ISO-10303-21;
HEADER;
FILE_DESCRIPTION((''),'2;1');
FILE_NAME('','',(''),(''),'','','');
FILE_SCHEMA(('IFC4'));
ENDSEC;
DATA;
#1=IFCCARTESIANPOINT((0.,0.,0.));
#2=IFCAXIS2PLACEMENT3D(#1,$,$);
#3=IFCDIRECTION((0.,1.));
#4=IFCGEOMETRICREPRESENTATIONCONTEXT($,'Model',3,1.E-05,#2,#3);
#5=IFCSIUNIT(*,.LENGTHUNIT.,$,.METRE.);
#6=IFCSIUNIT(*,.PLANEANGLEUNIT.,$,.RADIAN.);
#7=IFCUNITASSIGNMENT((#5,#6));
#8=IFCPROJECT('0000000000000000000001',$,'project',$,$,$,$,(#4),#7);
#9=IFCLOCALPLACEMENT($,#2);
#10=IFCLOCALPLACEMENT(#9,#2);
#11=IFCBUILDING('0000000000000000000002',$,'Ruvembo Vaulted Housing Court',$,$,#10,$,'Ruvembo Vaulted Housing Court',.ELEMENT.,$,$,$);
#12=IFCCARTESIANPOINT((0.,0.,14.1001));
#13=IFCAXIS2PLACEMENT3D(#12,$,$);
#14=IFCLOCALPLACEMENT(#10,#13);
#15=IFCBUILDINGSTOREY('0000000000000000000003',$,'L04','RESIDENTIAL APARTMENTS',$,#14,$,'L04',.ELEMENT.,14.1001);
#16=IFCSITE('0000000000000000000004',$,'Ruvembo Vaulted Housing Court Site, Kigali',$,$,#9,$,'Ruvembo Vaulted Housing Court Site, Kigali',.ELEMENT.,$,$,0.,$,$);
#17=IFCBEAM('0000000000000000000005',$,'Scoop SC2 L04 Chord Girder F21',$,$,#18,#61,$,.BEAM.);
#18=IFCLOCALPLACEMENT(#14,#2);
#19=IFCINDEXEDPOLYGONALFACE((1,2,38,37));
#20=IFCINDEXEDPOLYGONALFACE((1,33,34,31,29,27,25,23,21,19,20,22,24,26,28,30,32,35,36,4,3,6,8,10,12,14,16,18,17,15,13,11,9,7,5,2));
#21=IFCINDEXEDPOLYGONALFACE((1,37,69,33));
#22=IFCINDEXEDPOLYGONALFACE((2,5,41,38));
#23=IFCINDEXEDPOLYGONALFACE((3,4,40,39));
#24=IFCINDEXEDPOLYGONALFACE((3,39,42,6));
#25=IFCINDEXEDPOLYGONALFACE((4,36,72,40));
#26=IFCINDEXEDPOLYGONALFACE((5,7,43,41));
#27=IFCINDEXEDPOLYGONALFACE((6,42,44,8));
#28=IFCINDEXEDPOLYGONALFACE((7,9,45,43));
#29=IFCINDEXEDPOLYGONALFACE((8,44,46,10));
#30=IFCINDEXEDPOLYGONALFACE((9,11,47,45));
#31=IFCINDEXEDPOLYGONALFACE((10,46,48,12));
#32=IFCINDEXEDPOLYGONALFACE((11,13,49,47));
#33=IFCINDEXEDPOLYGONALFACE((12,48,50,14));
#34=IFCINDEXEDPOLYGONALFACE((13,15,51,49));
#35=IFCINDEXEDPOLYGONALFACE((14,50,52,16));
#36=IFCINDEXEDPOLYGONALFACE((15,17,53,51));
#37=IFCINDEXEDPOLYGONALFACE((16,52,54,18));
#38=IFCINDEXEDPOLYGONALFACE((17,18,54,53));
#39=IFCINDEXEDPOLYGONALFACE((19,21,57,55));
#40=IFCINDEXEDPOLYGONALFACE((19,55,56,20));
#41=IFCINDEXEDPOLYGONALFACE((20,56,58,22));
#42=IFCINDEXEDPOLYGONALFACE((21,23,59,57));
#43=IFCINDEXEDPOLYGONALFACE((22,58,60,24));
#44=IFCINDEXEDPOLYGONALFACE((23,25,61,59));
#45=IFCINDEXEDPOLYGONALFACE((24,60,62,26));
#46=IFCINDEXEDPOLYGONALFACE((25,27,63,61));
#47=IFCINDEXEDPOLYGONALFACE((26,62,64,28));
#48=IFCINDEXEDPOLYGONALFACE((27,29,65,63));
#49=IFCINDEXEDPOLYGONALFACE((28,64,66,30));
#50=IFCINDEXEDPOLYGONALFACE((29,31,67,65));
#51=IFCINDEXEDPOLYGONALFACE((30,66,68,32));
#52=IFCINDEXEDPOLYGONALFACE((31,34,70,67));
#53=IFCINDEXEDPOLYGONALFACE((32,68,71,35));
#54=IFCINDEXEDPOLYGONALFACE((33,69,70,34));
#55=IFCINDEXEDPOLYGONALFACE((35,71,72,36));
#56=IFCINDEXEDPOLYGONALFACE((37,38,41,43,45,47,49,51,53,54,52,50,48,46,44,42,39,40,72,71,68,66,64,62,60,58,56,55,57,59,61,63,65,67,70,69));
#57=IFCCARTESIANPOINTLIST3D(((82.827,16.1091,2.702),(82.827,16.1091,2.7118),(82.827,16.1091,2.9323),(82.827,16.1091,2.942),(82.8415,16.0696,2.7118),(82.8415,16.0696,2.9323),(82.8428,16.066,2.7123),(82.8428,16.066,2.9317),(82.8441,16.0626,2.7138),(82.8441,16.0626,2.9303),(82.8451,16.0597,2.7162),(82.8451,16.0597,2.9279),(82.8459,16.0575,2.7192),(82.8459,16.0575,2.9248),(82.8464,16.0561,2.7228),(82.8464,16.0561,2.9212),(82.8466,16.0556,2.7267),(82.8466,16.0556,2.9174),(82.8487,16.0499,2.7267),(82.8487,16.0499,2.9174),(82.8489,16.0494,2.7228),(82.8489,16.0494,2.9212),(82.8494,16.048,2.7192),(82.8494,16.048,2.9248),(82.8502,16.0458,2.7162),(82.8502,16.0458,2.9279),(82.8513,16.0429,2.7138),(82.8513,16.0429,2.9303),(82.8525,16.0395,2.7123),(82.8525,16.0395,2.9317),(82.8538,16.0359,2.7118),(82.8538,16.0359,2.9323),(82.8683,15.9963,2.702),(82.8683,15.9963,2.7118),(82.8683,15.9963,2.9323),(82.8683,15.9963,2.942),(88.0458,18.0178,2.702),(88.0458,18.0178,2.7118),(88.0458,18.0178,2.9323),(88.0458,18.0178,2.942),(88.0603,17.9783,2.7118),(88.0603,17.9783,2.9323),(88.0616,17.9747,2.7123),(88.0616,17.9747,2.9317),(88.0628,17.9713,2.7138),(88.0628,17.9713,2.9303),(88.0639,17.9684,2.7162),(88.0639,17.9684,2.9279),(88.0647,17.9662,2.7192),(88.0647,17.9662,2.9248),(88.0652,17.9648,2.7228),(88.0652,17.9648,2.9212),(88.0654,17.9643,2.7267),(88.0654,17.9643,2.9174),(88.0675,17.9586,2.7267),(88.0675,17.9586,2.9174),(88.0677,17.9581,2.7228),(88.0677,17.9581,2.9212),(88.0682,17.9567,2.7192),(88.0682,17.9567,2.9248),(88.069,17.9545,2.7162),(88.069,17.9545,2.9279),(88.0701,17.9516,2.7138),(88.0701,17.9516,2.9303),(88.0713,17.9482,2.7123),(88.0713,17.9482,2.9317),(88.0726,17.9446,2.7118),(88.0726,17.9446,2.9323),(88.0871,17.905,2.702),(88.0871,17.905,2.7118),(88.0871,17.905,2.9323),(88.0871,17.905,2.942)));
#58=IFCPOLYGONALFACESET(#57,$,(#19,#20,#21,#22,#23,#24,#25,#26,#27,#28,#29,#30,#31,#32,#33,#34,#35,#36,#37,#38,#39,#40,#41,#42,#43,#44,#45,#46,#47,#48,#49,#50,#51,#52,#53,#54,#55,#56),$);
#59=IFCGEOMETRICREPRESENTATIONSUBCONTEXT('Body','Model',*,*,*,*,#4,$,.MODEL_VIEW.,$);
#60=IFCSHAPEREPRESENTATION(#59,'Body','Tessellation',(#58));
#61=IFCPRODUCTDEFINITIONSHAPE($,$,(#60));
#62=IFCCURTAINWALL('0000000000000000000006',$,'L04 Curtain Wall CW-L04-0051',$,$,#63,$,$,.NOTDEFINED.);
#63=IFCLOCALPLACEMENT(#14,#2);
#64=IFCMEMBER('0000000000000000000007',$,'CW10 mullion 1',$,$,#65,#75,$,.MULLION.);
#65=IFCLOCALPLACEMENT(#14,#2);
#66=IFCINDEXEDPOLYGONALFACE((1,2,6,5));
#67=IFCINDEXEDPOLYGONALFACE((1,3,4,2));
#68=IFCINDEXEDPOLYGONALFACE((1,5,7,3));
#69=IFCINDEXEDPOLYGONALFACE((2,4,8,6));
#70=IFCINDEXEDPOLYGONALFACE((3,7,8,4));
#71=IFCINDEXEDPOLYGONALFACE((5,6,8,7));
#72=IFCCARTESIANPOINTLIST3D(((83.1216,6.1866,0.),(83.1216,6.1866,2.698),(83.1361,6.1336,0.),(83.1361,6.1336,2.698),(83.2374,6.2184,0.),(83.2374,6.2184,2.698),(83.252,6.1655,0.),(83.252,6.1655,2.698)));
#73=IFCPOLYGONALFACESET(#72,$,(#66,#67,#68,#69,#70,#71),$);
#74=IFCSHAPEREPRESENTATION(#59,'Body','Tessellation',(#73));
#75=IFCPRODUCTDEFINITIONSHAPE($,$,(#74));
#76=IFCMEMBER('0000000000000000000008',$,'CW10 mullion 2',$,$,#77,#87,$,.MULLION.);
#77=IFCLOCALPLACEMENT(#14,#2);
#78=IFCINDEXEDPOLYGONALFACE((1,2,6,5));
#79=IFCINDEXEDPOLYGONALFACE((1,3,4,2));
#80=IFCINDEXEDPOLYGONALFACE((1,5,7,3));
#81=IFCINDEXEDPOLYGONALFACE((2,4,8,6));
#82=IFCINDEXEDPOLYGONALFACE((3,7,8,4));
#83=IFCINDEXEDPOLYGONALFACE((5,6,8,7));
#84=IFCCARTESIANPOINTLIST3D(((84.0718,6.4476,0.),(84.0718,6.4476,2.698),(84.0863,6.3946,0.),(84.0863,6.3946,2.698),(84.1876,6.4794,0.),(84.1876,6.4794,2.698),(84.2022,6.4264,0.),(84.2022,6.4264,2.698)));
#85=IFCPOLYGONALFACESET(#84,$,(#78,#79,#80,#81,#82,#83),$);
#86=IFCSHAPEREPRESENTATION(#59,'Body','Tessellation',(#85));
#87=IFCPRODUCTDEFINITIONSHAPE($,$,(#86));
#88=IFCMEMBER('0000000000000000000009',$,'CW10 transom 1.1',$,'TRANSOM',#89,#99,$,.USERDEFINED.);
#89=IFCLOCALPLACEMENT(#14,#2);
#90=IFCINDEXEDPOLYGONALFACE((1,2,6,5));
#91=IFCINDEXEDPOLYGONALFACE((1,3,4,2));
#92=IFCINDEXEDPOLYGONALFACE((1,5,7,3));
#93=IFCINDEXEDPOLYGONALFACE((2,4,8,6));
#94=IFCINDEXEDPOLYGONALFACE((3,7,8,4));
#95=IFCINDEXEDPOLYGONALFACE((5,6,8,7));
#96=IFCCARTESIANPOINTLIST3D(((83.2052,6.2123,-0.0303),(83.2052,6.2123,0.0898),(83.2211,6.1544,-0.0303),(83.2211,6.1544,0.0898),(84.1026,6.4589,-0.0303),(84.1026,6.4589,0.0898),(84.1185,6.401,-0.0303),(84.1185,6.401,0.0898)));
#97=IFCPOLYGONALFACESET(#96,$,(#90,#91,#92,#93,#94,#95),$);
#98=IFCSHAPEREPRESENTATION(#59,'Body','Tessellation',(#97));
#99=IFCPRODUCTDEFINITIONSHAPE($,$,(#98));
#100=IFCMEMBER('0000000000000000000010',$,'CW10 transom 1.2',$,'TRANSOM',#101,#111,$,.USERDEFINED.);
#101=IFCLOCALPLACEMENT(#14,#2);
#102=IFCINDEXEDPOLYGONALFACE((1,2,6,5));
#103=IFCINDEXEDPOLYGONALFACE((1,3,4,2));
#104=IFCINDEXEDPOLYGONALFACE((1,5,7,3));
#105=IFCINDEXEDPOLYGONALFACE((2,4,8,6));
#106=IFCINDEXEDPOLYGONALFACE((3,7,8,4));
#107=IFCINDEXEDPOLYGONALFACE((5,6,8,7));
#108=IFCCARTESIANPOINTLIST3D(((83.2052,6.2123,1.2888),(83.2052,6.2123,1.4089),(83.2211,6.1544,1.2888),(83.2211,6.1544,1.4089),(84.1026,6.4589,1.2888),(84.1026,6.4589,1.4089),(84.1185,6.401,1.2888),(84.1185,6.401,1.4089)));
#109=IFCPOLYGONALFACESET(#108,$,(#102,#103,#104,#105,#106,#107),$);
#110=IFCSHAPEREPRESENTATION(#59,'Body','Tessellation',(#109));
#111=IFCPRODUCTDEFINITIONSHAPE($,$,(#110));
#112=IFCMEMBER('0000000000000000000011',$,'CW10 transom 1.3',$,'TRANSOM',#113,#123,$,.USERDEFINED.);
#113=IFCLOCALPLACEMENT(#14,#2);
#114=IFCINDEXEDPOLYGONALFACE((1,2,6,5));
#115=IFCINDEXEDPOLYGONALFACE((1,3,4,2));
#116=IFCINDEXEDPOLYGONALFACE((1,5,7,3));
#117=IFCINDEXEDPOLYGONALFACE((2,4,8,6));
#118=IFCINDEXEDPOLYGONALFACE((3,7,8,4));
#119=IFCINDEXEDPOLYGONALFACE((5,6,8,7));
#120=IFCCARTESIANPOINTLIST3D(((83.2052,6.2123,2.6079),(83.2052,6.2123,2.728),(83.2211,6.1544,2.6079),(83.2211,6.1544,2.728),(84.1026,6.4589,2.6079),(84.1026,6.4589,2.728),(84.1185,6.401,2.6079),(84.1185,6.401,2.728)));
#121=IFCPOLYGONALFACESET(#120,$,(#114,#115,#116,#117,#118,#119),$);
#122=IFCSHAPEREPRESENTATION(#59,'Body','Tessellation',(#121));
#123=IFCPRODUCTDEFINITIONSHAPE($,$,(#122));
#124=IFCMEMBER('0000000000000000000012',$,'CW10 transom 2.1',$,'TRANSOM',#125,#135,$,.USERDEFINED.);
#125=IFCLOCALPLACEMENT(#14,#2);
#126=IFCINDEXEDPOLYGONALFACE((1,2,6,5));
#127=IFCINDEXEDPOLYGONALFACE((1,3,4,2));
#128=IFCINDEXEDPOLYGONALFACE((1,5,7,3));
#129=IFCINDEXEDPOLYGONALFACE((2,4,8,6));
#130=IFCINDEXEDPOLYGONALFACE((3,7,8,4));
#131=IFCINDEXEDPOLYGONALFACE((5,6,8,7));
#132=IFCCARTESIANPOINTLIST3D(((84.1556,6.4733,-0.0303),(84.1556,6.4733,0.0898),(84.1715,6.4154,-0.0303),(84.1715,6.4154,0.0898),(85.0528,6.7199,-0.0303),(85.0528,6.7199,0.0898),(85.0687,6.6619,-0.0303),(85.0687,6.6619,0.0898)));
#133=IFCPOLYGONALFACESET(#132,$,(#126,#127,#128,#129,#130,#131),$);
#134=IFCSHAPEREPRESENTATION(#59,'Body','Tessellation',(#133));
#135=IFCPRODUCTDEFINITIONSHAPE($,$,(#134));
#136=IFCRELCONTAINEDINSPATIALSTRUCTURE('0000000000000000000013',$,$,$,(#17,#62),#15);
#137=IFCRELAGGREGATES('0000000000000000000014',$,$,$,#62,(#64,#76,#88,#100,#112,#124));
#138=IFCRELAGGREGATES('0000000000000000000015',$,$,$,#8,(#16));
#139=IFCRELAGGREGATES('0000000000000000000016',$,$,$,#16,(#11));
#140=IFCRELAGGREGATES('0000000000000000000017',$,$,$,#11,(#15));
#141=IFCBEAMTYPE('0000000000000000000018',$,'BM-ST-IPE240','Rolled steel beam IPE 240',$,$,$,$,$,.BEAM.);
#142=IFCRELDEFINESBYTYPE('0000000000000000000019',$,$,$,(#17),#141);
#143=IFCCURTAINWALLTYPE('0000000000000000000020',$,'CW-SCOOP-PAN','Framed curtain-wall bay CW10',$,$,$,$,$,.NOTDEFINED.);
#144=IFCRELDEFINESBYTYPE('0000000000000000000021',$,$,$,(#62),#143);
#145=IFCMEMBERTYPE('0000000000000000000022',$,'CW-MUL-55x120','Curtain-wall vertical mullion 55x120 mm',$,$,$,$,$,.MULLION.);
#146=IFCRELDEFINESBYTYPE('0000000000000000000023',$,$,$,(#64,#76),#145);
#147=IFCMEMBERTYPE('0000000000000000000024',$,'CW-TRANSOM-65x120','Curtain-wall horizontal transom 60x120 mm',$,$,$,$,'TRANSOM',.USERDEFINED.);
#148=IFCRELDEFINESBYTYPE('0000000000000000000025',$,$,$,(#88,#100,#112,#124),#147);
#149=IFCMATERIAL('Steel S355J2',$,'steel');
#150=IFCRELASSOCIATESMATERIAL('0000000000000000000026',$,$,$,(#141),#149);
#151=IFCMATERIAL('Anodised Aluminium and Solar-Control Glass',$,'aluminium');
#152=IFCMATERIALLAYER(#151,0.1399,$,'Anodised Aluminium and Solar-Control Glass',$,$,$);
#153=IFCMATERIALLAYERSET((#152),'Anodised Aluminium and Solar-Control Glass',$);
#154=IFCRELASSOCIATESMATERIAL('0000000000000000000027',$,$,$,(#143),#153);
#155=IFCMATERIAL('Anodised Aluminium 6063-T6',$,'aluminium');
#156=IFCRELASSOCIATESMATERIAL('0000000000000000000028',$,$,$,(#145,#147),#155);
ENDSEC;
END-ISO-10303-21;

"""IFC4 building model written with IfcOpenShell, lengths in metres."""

from ifc_helpers import new_model, si_unit, direction, frame, origin, origin_2d, place, context, subcontext, project, spatial, rectangle, i_section, extrude, material, layer, layer_set, material_profile, profile_set, type_object, element, aggregate, save


model = new_model("IFC4")

# Units and contexts
model_context = context("Model", 3, precision=1e-05, world=origin(), true_north=direction((0.0, 1.0)))
body_context = subcontext(model_context, "Body", "Model", "MODEL_VIEW")
ifc_project = project(units=[si_unit("LENGTHUNIT", "METRE"), si_unit("PLANEANGLEUNIT", "RADIAN")], contexts=[model_context])

# Site, building, storey
site_placement = place(None, origin())
site = spatial("IfcSite", under=ifc_project, at=site_placement, Name="Ruvembo Vaulted Housing Court Site, Kigali", LongName="Ruvembo Vaulted Housing Court Site, Kigali", CompositionType="ELEMENT", RefElevation=0.0)
building_placement = place(site_placement, origin())
building = spatial("IfcBuilding", under=site, at=building_placement, Name="Ruvembo Vaulted Housing Court", LongName="Ruvembo Vaulted Housing Court", CompositionType="ELEMENT")
storey_placement = place(building_placement, frame((0.0, 0.0, 14.1001)))
storey = spatial("IfcBuildingStorey", under=building, at=storey_placement, Name="L04", Description="RESIDENTIAL APARTMENTS", LongName="L04", CompositionType="ELEMENT", Elevation=14.1001)

# Beam
ifc_material_1 = material(Name="Steel S355J2", Category="steel")
ifc_material_profile_1 = material_profile(ifc_material_1, i_section(OverallWidth=0.1201, OverallDepth=0.24, WebThickness=0.0061, FlangeThickness=0.0098, FilletRadius=0.0149, at=origin_2d()), Name="IPE 240")
ifc_profile_set_1 = profile_set([ifc_material_profile_1], Name="Steel S355J2")
beam_type_1 = type_object("IfcBeamType", Name="BM-ST-IPE240", Description="Rolled steel beam IPE 240", PredefinedType="BEAM", material=ifc_profile_set_1)
beam_1_placement = place(storey_placement, frame((82.8477, 16.0527, 2.822), z_axis=(0.939158, 0.343485, 0.0), x_axis=(-0.343485, 0.939158, 0.0)))
element("IfcBeam", 1, at=beam_1_placement, inside=storey, type_object=beam_type_1, Name="Scoop SC2 L04 Chord Girder F21", PredefinedType="BEAM", context=body_context, shape_type="SweptSolid", body=[
    extrude(i_section(OverallWidth=0.1201, OverallDepth=0.24, WebThickness=0.0061, FlangeThickness=0.0098, FilletRadius=0.0149, at=origin_2d()), origin(), (0.0, 0.0, 1.0), 5.5569),
])

# Curtain wall, members
ifc_material_2 = material(Name="Anodised Aluminium and Solar-Control Glass", Category="aluminium")
ifc_layer_1 = layer(ifc_material_2, 0.1399, Name="Anodised Aluminium and Solar-Control Glass")
ifc_layer_set_1 = layer_set([ifc_layer_1], Name="Anodised Aluminium and Solar-Control Glass")
curtain_wall_type = type_object("IfcCurtainWallType", Name="CW-SCOOP-PAN", Description="Framed curtain-wall bay CW10", PredefinedType="NOTDEFINED", material=ifc_layer_set_1)
curtain_wall_placement = place(storey_placement, origin())
curtain_wall = element("IfcCurtainWall", 2, at=curtain_wall_placement, inside=storey, type_object=curtain_wall_type, Name="L04 Curtain Wall CW-L04-0051", PredefinedType="NOTDEFINED")
ifc_material_3 = material(Name="Anodised Aluminium 6063-T6", Category="aluminium")
ifc_material_profile_2 = material_profile(ifc_material_3, rectangle(XDim=0.0549, YDim=0.1201, at=origin_2d()), Name="ALU 55x120")
ifc_profile_set_2 = profile_set([ifc_material_profile_2], Name="Anodised Aluminium 6063-T6")
member_type_1 = type_object("IfcMemberType", Name="CW-MUL-55x120", Description="Curtain-wall vertical mullion 55x120 mm", PredefinedType="MULLION", material=ifc_profile_set_2)
member_1_placement = place(storey_placement, frame((83.1868, 6.176, 0.0), z_axis=(0.0, 0.0, 1.0), x_axis=(-0.264955, 0.964261, 0.0)))
member_1 = element("IfcMember", 3, at=member_1_placement, type_object=member_type_1, Name="CW10 mullion 1", PredefinedType="MULLION", context=body_context, shape_type="SweptSolid", body=[
    extrude(rectangle(XDim=0.0549, YDim=0.1201, at=origin_2d()), origin(), (0.0, 0.0, 1.0), 2.698),
])
member_2_placement = place(storey_placement, frame((84.137, 6.437, 0.0), z_axis=(0.0, 0.0, 1.0), x_axis=(-0.264955, 0.964261, 0.0)))
member_2 = element("IfcMember", 4, at=member_2_placement, type_object=member_type_1, Name="CW10 mullion 2", PredefinedType="MULLION", context=body_context, shape_type="SweptSolid", body=[
    extrude(rectangle(XDim=0.0549, YDim=0.1201, at=origin_2d()), origin(), (0.0, 0.0, 1.0), 2.698),
])
ifc_material_profile_3 = material_profile(ifc_material_3, rectangle(XDim=0.0601, YDim=0.1201, at=origin_2d()), Name="ALU 60x120")
ifc_profile_set_3 = profile_set([ifc_material_profile_3], Name="Anodised Aluminium 6063-T6")
member_type_2 = type_object("IfcMemberType", Name="CW-TRANSOM-65x120", Description="Curtain-wall horizontal transom 60x120 mm", ElementType="TRANSOM", PredefinedType="USERDEFINED", material=ifc_profile_set_3)
member_3_placement = place(storey_placement, frame((83.2131, 6.1833, 0.0298), z_axis=(0.964266, 0.264937, 0.0), x_axis=(-0.264937, 0.964266, 0.0)))
member_3 = element("IfcMember", 5, at=member_3_placement, type_object=member_type_2, Name="CW10 transom 1.1", ObjectType="TRANSOM", PredefinedType="USERDEFINED", context=body_context, shape_type="SweptSolid", body=[
    extrude(rectangle(XDim=0.0601, YDim=0.1201, at=origin_2d()), origin(), (0.0, 0.0, 1.0), 0.9307),
])
member_4_placement = place(storey_placement, frame((83.2131, 6.1833, 1.3489), z_axis=(0.964266, 0.264937, 0.0), x_axis=(-0.264937, 0.964266, 0.0)))
member_4 = element("IfcMember", 6, at=member_4_placement, type_object=member_type_2, Name="CW10 transom 1.2", ObjectType="TRANSOM", PredefinedType="USERDEFINED", context=body_context, shape_type="SweptSolid", body=[
    extrude(rectangle(XDim=0.0601, YDim=0.1201, at=origin_2d()), origin(), (0.0, 0.0, 1.0), 0.9307),
])
member_5_placement = place(storey_placement, frame((83.2131, 6.1833, 2.668), z_axis=(0.964266, 0.264937, 0.0), x_axis=(-0.264937, 0.964266, 0.0)))
member_5 = element("IfcMember", 7, at=member_5_placement, type_object=member_type_2, Name="CW10 transom 1.3", ObjectType="TRANSOM", PredefinedType="USERDEFINED", context=body_context, shape_type="SweptSolid", body=[
    extrude(rectangle(XDim=0.0601, YDim=0.1201, at=origin_2d()), origin(), (0.0, 0.0, 1.0), 0.9307),
])
member_6_placement = place(storey_placement, frame((84.1636, 6.4443, 0.0298), z_axis=(0.964247, 0.265004, 0.0), x_axis=(-0.265004, 0.964247, 0.0)))
member_6 = element("IfcMember", 8, at=member_6_placement, type_object=member_type_2, Name="CW10 transom 2.1", ObjectType="TRANSOM", PredefinedType="USERDEFINED", context=body_context, shape_type="SweptSolid", body=[
    extrude(rectangle(XDim=0.0601, YDim=0.1201, at=origin_2d()), origin(), (0.0, 0.0, 1.0), 0.9304),
])

aggregate(curtain_wall, [member_1, member_2, member_3, member_4, member_5, member_6])

save(model, "model.ifc")
